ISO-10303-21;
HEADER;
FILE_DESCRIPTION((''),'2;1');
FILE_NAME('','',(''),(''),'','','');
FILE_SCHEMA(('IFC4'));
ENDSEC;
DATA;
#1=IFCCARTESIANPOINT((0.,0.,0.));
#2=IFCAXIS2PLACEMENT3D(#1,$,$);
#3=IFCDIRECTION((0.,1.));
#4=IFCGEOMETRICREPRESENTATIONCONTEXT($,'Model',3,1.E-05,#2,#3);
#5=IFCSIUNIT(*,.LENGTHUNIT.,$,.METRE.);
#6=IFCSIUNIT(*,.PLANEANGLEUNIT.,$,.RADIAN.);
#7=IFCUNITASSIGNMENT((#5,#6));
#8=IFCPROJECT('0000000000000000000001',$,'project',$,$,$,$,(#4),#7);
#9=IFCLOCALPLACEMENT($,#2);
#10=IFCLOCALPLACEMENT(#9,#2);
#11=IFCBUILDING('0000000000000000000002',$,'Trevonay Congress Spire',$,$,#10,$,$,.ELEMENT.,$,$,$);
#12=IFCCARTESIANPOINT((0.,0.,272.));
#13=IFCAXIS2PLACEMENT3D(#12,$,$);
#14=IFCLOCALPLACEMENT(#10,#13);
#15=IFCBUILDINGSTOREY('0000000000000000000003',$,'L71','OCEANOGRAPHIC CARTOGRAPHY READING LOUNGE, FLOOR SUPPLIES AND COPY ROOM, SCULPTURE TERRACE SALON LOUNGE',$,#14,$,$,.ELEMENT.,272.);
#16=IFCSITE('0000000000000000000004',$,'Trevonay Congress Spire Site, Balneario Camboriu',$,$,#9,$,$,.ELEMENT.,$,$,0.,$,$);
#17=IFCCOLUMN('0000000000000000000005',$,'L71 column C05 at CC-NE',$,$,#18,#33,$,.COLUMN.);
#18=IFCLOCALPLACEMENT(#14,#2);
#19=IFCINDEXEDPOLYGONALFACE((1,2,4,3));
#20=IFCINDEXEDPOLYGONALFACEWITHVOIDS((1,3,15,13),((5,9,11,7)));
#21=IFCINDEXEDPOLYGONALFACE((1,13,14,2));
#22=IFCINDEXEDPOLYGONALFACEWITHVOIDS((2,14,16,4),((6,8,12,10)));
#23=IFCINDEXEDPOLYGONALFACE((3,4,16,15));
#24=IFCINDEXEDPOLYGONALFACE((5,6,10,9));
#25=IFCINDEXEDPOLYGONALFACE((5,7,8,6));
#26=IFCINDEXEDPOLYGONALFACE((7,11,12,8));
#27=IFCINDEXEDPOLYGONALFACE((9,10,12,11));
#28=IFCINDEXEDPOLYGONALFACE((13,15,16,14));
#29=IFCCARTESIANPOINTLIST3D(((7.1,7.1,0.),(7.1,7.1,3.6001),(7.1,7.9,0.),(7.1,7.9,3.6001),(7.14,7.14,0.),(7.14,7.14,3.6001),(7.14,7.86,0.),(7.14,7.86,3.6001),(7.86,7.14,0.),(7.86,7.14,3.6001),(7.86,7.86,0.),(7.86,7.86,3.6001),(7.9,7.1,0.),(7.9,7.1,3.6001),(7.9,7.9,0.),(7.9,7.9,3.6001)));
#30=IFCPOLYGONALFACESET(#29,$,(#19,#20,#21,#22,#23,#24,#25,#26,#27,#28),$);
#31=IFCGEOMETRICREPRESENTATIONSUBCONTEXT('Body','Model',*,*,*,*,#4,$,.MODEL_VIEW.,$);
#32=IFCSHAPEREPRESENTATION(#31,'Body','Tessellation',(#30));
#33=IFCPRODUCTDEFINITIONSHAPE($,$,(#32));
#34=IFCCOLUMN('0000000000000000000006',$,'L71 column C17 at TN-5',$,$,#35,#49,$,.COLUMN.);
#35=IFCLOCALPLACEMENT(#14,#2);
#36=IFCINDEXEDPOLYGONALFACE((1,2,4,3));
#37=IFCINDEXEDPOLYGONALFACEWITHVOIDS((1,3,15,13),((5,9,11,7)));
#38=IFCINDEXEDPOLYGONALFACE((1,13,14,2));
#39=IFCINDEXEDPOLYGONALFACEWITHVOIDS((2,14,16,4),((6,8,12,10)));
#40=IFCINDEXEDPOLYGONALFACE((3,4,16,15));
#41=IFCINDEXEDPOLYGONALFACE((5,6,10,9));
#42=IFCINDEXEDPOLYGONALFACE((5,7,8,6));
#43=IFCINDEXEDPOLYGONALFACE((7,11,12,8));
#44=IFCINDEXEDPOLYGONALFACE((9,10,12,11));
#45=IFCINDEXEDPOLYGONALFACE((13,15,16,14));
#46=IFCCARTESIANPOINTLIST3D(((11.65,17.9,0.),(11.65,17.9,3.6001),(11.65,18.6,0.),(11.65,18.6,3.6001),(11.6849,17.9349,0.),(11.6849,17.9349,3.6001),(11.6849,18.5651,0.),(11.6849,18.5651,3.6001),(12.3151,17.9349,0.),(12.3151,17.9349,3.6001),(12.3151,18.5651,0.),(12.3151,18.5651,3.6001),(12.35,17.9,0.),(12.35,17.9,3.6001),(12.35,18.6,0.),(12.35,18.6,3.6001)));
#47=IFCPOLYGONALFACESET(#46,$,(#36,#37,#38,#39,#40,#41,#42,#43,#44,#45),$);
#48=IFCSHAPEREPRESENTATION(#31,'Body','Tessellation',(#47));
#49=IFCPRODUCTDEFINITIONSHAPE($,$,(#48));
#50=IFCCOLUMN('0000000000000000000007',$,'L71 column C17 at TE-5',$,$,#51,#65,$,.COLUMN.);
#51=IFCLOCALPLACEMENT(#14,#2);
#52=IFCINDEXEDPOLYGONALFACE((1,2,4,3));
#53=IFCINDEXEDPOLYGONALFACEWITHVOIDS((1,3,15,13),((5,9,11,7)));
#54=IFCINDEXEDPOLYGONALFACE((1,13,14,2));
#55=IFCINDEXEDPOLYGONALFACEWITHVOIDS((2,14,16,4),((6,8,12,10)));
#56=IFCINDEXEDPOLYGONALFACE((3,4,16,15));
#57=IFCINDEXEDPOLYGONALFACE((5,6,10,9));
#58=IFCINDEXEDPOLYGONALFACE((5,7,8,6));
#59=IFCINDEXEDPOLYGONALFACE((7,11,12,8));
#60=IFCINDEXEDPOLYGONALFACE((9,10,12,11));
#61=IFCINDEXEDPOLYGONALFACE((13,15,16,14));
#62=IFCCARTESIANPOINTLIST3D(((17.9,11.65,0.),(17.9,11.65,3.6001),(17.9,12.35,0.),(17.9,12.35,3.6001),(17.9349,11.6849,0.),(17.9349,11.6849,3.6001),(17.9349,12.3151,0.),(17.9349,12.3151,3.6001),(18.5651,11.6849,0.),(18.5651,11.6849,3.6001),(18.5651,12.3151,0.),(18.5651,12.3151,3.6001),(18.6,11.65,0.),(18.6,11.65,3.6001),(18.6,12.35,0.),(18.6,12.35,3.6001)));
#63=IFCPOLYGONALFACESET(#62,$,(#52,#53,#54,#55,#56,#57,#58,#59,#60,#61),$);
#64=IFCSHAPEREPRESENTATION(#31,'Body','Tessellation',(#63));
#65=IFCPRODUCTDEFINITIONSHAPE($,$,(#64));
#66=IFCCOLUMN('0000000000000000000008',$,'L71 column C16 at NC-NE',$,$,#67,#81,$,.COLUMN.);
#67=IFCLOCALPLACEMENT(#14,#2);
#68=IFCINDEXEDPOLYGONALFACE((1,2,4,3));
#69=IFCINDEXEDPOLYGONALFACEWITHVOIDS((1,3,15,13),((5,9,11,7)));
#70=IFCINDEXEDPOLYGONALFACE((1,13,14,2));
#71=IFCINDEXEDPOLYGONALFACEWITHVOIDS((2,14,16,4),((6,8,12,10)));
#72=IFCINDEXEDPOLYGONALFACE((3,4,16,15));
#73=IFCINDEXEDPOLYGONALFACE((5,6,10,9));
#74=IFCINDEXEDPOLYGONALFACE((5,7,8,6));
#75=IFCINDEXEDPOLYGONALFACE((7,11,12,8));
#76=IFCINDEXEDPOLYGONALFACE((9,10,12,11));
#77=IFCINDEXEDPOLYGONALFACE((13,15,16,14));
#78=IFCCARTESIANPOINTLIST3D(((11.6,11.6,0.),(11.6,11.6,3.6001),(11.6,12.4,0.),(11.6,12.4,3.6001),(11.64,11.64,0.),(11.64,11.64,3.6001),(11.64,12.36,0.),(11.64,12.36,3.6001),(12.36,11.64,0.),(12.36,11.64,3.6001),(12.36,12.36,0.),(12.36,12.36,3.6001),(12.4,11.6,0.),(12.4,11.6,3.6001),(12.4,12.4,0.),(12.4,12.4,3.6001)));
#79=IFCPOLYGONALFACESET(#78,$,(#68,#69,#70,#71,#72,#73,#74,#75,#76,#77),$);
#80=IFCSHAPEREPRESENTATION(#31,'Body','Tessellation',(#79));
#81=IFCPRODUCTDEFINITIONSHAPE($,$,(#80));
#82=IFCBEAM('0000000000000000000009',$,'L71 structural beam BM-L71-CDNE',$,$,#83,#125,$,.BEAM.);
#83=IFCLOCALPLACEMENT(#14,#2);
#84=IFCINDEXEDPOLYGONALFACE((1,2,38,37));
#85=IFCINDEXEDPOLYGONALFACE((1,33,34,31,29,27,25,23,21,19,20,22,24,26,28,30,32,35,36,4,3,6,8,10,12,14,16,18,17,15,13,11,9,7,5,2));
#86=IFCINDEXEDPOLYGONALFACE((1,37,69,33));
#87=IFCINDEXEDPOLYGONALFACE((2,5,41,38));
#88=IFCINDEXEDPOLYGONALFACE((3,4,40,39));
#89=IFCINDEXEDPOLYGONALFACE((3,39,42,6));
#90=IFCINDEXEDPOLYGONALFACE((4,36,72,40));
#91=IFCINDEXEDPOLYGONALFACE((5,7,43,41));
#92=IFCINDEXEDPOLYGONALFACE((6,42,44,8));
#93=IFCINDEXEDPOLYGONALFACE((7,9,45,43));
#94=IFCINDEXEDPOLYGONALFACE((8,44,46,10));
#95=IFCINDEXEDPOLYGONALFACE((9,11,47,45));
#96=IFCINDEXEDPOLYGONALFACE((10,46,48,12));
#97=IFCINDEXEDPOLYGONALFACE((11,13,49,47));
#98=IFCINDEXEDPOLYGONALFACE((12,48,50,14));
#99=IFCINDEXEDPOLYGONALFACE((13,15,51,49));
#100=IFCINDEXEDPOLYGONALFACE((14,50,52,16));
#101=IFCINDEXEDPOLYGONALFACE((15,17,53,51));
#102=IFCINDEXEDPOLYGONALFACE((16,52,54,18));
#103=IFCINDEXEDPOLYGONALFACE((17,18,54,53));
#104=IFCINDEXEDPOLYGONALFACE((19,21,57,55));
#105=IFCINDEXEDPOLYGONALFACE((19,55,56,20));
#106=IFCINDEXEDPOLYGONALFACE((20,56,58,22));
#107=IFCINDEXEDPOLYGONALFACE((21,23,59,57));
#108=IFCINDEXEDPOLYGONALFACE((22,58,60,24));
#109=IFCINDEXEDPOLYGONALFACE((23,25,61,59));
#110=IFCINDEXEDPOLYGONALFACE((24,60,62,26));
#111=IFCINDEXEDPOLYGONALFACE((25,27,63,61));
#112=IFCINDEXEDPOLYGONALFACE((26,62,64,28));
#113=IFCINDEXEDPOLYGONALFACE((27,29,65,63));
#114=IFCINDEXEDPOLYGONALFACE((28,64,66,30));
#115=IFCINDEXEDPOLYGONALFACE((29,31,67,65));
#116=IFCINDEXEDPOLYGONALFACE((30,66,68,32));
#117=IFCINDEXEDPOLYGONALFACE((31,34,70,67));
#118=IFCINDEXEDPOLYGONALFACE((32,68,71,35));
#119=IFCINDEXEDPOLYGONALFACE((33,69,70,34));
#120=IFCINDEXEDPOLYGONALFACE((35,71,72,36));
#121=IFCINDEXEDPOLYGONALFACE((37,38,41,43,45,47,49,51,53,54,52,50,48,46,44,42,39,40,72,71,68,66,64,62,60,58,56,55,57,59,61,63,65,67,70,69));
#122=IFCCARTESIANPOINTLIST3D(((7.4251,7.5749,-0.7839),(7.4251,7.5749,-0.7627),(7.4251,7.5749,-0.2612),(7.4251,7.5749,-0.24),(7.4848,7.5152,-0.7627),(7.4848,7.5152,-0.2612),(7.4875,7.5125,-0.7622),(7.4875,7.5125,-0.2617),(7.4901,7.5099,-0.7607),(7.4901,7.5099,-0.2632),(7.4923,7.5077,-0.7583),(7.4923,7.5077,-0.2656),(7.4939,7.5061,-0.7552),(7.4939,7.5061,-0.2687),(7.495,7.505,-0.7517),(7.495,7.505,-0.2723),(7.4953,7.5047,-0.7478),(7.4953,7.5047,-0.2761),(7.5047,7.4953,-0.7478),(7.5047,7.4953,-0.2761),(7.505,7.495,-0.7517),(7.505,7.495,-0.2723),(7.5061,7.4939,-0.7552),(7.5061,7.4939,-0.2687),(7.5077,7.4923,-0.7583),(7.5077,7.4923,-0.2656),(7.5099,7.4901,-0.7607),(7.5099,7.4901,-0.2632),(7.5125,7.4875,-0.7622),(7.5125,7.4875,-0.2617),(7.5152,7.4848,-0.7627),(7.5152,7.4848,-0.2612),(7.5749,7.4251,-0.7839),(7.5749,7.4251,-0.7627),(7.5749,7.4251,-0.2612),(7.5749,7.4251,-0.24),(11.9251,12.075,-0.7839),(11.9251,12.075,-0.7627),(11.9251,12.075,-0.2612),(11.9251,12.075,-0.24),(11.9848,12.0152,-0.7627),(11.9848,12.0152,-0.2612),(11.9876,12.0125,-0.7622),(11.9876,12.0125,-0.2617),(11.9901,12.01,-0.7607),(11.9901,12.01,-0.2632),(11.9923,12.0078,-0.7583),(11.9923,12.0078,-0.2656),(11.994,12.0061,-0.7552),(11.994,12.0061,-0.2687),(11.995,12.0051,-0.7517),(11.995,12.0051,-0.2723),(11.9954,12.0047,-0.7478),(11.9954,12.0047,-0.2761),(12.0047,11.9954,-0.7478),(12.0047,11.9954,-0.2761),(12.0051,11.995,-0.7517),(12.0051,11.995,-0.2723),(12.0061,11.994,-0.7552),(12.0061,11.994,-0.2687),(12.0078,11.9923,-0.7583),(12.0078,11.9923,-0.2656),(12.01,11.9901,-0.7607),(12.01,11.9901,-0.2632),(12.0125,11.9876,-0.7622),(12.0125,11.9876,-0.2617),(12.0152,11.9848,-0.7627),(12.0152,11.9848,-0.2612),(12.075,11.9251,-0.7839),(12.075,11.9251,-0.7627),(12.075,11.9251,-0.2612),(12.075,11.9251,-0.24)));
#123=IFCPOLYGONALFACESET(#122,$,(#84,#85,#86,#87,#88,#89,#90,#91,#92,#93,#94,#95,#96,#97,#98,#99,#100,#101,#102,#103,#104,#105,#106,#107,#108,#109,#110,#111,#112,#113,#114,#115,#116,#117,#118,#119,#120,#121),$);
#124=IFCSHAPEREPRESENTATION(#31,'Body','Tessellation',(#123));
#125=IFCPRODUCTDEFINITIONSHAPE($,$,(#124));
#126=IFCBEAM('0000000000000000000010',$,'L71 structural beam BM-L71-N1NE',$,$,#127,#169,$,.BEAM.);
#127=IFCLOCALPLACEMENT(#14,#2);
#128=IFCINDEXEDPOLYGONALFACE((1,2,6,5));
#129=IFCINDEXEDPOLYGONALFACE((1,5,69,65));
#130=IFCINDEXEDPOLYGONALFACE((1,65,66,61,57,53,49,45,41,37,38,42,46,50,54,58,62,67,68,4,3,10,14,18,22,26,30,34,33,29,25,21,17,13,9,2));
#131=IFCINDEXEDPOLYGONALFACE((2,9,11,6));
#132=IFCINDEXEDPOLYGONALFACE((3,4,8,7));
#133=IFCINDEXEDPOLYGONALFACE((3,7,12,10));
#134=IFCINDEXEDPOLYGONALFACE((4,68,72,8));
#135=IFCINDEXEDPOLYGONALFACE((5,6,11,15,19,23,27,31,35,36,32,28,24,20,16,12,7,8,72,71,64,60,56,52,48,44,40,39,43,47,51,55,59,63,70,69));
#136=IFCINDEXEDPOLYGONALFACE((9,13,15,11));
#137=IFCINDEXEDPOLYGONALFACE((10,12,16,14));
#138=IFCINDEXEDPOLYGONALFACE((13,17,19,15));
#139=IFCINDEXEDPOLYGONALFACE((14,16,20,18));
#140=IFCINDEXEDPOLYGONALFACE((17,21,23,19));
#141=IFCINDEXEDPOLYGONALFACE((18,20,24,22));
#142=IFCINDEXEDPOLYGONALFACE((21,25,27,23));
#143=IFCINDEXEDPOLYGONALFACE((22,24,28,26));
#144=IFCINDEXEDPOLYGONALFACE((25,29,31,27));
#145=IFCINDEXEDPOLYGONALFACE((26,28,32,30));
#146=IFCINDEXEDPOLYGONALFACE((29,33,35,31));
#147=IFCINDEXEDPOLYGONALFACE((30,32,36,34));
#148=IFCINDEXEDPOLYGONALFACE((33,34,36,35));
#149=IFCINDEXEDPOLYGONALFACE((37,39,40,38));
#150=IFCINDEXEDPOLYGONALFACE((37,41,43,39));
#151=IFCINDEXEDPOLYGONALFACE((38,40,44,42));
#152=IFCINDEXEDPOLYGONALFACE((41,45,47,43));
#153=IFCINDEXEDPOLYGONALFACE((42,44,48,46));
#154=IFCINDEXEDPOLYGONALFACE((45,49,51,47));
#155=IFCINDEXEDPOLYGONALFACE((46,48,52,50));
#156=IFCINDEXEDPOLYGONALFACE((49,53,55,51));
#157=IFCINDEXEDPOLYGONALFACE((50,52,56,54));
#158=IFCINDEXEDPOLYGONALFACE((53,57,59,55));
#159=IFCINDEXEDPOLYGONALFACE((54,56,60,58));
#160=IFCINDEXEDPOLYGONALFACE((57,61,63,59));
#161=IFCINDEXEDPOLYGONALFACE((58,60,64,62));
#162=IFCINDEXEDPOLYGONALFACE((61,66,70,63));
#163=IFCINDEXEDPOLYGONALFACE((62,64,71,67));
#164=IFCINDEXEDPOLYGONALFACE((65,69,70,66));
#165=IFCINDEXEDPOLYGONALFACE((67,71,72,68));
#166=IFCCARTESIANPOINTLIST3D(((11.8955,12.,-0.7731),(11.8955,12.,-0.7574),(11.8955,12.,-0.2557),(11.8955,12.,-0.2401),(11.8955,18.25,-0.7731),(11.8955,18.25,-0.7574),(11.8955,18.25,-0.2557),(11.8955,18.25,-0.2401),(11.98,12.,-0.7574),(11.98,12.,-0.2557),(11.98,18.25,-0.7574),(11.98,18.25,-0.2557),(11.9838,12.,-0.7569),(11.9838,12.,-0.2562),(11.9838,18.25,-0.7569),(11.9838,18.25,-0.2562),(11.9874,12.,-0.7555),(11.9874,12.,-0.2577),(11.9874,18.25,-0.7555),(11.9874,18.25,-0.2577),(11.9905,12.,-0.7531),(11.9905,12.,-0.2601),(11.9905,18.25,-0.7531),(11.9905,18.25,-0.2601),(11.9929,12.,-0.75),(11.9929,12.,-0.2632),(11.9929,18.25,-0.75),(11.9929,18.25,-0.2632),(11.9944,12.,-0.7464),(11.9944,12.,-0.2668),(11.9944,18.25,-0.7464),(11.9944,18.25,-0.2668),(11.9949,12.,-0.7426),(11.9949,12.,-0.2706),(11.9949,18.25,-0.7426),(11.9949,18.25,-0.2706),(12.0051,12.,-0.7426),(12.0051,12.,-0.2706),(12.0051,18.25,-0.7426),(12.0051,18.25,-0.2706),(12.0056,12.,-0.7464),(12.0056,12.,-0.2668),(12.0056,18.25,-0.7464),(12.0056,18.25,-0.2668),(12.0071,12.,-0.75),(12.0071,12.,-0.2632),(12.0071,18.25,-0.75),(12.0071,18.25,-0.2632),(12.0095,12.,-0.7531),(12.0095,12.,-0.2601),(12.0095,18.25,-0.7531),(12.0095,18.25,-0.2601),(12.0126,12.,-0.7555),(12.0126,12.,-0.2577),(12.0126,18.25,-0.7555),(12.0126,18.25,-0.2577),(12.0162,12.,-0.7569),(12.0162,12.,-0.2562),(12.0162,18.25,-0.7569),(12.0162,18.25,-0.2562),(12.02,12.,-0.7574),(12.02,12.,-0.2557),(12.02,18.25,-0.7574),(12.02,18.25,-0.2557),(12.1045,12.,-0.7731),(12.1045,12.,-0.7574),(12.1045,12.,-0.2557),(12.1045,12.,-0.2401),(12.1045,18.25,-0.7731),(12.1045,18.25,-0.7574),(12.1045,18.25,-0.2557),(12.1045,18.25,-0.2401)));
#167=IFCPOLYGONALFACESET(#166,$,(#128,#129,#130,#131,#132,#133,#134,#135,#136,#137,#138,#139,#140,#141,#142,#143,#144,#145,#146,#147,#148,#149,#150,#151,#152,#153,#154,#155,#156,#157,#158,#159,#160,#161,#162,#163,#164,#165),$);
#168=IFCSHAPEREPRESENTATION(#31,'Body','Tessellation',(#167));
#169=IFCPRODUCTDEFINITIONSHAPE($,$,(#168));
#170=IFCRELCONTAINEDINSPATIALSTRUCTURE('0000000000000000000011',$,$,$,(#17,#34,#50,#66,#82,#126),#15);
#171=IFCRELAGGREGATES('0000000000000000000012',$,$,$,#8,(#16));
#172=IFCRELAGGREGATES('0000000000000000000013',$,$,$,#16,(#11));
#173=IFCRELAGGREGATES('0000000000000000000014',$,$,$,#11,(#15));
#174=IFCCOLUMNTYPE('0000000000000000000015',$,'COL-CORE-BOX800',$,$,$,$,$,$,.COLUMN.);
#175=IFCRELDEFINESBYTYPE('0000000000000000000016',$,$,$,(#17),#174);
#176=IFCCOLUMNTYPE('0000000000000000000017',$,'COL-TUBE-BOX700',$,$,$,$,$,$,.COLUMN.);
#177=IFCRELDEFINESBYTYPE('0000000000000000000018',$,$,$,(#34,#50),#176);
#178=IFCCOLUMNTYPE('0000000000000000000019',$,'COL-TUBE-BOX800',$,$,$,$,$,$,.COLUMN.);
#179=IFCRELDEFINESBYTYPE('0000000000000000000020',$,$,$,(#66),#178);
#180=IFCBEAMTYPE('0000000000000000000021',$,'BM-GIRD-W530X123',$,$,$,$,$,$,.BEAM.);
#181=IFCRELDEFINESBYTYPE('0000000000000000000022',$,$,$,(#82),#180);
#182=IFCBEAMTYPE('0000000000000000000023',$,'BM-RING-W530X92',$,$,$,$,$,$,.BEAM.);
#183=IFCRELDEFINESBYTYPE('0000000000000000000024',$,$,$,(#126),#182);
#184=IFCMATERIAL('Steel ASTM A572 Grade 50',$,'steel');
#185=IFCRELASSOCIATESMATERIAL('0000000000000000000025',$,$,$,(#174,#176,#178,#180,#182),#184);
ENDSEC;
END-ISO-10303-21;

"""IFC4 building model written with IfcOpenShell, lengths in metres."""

from ifc_helpers import new_model, si_unit, direction, frame, origin, origin_2d, place, context, subcontext, project, spatial, hollow_rectangle, i_section, extrude, material, material_profile, profile_set, type_object, element, save


model = new_model("IFC4")

# Units and contexts
model_context = context("Model", 3, precision=1e-05, world=origin(), true_north=direction((0.0, 1.0)))
body_context = subcontext(model_context, "Body", "Model", "MODEL_VIEW")
ifc_project = project(units=[si_unit("LENGTHUNIT", "METRE"), si_unit("PLANEANGLEUNIT", "RADIAN")], contexts=[model_context])

# Site, building, storey
site_placement = place(None, origin())
site = spatial("IfcSite", under=ifc_project, at=site_placement, Name="Trevonay Congress Spire Site, Balneario Camboriu", CompositionType="ELEMENT", RefElevation=0.0)
building_placement = place(site_placement, origin())
building = spatial("IfcBuilding", under=site, at=building_placement, Name="Trevonay Congress Spire", CompositionType="ELEMENT")
storey_placement = place(building_placement, frame((0.0, 0.0, 272.0)))
storey = spatial("IfcBuildingStorey", under=building, at=storey_placement, Name="L71", Description="OCEANOGRAPHIC CARTOGRAPHY READING LOUNGE, FLOOR SUPPLIES AND COPY ROOM, SCULPTURE TERRACE SALON LOUNGE", CompositionType="ELEMENT", Elevation=272.0)

# Columns
ifc_material_1 = material(Name="Steel ASTM A572 Grade 50", Category="steel")
ifc_material_profile_1 = material_profile(ifc_material_1, hollow_rectangle(XDim=0.8, YDim=0.8, WallThickness=0.04, at=origin_2d()), Name="BOX 800x800x40")
ifc_profile_set_1 = profile_set([ifc_material_profile_1], Name="Steel ASTM A572 Grade 50")
column_type_1 = type_object("IfcColumnType", Name="COL-CORE-BOX800", PredefinedType="COLUMN", material=ifc_profile_set_1)
column_1_placement = place(storey_placement, frame((7.5, 7.5, 0.0), z_axis=(0.0, 0.0, 1.0), x_axis=(1.0, 0.0, 0.0)))
element("IfcColumn", 1, at=column_1_placement, inside=storey, type_object=column_type_1, Name="L71 column C05 at CC-NE", PredefinedType="COLUMN", context=body_context, shape_type="SweptSolid", body=[
    extrude(hollow_rectangle(XDim=0.8, YDim=0.8, WallThickness=0.04, at=origin_2d()), origin(), (0.0, 0.0, 1.0), 3.6001),
])
ifc_material_profile_2 = material_profile(ifc_material_1, hollow_rectangle(XDim=0.7, YDim=0.7, WallThickness=0.0349, at=origin_2d()), Name="BOX 700x700x35")
ifc_profile_set_2 = profile_set([ifc_material_profile_2], Name="Steel ASTM A572 Grade 50")
column_type_2 = type_object("IfcColumnType", Name="COL-TUBE-BOX700", PredefinedType="COLUMN", material=ifc_profile_set_2)
for number, where, z_axis, x_axis, name in (
    (2, (12.0, 18.25, 0.0), (0.0, 0.0, 1.0), (1.0, 0.0, 0.0), "L71 column C17 at TN-5"),
    (3, (18.25, 12.0, 0.0), (0.0, 0.0, 1.0), (1.0, 0.0, 0.0), "L71 column C17 at TE-5"),
):
    element("IfcColumn", number, at=place(storey_placement, frame(where, z_axis=z_axis, x_axis=x_axis)), inside=storey, type_object=column_type_2, Name=name, PredefinedType="COLUMN", context=body_context, shape_type="SweptSolid", body=[
        extrude(hollow_rectangle(XDim=0.7, YDim=0.7, WallThickness=0.0349, at=origin_2d()), origin(), (0.0, 0.0, 1.0), 3.6001),
    ])
ifc_material_profile_3 = material_profile(ifc_material_1, hollow_rectangle(XDim=0.8, YDim=0.8, WallThickness=0.04, at=origin_2d()), Name="BOX 800x800x40")
ifc_profile_set_3 = profile_set([ifc_material_profile_3], Name="Steel ASTM A572 Grade 50")
column_type_3 = type_object("IfcColumnType", Name="COL-TUBE-BOX800", PredefinedType="COLUMN", material=ifc_profile_set_3)
column_2_placement = place(storey_placement, frame((12.0, 12.0, 0.0), z_axis=(0.0, 0.0, 1.0), x_axis=(1.0, 0.0, 0.0)))
element("IfcColumn", 4, at=column_2_placement, inside=storey, type_object=column_type_3, Name="L71 column C16 at NC-NE", PredefinedType="COLUMN", context=body_context, shape_type="SweptSolid", body=[
    extrude(hollow_rectangle(XDim=0.8, YDim=0.8, WallThickness=0.04, at=origin_2d()), origin(), (0.0, 0.0, 1.0), 3.6001),
])

# Beams
ifc_material_profile_4 = material_profile(ifc_material_1, i_section(OverallWidth=0.2119, OverallDepth=0.5439, WebThickness=0.0132, FlangeThickness=0.0212, FilletRadius=0.0149, at=origin_2d()), Name="W530x123")
ifc_profile_set_4 = profile_set([ifc_material_profile_4], Name="Steel ASTM A572 Grade 50")
beam_type_1 = type_object("IfcBeamType", Name="BM-GIRD-W530X123", PredefinedType="BEAM", material=ifc_profile_set_4)
beam_placement = place(storey_placement, frame((7.5, 7.5, -0.512), z_axis=(0.707107, 0.707107, 0.0), x_axis=(-0.707107, 0.707107, 0.0)))
element("IfcBeam", 5, at=beam_placement, inside=storey, type_object=beam_type_1, Name="L71 structural beam BM-L71-CDNE", PredefinedType="BEAM", context=body_context, shape_type="SweptSolid", body=[
    extrude(i_section(OverallWidth=0.2119, OverallDepth=0.5439, WebThickness=0.0132, FlangeThickness=0.0212, FilletRadius=0.0149, at=origin_2d()), origin(), (0.0, 0.0, 1.0), 6.364),
])
ifc_material_profile_5 = material_profile(ifc_material_1, i_section(OverallWidth=0.209, OverallDepth=0.533, WebThickness=0.0103, FlangeThickness=0.0156, FilletRadius=0.0149, at=origin_2d()), Name="W530x92")
ifc_profile_set_5 = profile_set([ifc_material_profile_5], Name="Steel ASTM A572 Grade 50")
beam_type_2 = type_object("IfcBeamType", Name="BM-RING-W530X92", PredefinedType="BEAM", material=ifc_profile_set_5)
for number, where, z_axis, x_axis, name in (
    (6, (12.0, 18.25, -0.5066), (0.0, -1.0, 0.0), (1.0, 0.0, 0.0), "L71 structural beam BM-L71-N1NE"),
):
    element("IfcBeam", number, at=place(storey_placement, frame(where, z_axis=z_axis, x_axis=x_axis)), inside=storey, type_object=beam_type_2, Name=name, PredefinedType="BEAM", context=body_context, shape_type="SweptSolid", body=[
        extrude(i_section(OverallWidth=0.209, OverallDepth=0.533, WebThickness=0.0103, FlangeThickness=0.0156, FilletRadius=0.0149, at=origin_2d()), origin(), (0.0, 0.0, 1.0), 6.25),
    ])

save(model, "model.ifc")
